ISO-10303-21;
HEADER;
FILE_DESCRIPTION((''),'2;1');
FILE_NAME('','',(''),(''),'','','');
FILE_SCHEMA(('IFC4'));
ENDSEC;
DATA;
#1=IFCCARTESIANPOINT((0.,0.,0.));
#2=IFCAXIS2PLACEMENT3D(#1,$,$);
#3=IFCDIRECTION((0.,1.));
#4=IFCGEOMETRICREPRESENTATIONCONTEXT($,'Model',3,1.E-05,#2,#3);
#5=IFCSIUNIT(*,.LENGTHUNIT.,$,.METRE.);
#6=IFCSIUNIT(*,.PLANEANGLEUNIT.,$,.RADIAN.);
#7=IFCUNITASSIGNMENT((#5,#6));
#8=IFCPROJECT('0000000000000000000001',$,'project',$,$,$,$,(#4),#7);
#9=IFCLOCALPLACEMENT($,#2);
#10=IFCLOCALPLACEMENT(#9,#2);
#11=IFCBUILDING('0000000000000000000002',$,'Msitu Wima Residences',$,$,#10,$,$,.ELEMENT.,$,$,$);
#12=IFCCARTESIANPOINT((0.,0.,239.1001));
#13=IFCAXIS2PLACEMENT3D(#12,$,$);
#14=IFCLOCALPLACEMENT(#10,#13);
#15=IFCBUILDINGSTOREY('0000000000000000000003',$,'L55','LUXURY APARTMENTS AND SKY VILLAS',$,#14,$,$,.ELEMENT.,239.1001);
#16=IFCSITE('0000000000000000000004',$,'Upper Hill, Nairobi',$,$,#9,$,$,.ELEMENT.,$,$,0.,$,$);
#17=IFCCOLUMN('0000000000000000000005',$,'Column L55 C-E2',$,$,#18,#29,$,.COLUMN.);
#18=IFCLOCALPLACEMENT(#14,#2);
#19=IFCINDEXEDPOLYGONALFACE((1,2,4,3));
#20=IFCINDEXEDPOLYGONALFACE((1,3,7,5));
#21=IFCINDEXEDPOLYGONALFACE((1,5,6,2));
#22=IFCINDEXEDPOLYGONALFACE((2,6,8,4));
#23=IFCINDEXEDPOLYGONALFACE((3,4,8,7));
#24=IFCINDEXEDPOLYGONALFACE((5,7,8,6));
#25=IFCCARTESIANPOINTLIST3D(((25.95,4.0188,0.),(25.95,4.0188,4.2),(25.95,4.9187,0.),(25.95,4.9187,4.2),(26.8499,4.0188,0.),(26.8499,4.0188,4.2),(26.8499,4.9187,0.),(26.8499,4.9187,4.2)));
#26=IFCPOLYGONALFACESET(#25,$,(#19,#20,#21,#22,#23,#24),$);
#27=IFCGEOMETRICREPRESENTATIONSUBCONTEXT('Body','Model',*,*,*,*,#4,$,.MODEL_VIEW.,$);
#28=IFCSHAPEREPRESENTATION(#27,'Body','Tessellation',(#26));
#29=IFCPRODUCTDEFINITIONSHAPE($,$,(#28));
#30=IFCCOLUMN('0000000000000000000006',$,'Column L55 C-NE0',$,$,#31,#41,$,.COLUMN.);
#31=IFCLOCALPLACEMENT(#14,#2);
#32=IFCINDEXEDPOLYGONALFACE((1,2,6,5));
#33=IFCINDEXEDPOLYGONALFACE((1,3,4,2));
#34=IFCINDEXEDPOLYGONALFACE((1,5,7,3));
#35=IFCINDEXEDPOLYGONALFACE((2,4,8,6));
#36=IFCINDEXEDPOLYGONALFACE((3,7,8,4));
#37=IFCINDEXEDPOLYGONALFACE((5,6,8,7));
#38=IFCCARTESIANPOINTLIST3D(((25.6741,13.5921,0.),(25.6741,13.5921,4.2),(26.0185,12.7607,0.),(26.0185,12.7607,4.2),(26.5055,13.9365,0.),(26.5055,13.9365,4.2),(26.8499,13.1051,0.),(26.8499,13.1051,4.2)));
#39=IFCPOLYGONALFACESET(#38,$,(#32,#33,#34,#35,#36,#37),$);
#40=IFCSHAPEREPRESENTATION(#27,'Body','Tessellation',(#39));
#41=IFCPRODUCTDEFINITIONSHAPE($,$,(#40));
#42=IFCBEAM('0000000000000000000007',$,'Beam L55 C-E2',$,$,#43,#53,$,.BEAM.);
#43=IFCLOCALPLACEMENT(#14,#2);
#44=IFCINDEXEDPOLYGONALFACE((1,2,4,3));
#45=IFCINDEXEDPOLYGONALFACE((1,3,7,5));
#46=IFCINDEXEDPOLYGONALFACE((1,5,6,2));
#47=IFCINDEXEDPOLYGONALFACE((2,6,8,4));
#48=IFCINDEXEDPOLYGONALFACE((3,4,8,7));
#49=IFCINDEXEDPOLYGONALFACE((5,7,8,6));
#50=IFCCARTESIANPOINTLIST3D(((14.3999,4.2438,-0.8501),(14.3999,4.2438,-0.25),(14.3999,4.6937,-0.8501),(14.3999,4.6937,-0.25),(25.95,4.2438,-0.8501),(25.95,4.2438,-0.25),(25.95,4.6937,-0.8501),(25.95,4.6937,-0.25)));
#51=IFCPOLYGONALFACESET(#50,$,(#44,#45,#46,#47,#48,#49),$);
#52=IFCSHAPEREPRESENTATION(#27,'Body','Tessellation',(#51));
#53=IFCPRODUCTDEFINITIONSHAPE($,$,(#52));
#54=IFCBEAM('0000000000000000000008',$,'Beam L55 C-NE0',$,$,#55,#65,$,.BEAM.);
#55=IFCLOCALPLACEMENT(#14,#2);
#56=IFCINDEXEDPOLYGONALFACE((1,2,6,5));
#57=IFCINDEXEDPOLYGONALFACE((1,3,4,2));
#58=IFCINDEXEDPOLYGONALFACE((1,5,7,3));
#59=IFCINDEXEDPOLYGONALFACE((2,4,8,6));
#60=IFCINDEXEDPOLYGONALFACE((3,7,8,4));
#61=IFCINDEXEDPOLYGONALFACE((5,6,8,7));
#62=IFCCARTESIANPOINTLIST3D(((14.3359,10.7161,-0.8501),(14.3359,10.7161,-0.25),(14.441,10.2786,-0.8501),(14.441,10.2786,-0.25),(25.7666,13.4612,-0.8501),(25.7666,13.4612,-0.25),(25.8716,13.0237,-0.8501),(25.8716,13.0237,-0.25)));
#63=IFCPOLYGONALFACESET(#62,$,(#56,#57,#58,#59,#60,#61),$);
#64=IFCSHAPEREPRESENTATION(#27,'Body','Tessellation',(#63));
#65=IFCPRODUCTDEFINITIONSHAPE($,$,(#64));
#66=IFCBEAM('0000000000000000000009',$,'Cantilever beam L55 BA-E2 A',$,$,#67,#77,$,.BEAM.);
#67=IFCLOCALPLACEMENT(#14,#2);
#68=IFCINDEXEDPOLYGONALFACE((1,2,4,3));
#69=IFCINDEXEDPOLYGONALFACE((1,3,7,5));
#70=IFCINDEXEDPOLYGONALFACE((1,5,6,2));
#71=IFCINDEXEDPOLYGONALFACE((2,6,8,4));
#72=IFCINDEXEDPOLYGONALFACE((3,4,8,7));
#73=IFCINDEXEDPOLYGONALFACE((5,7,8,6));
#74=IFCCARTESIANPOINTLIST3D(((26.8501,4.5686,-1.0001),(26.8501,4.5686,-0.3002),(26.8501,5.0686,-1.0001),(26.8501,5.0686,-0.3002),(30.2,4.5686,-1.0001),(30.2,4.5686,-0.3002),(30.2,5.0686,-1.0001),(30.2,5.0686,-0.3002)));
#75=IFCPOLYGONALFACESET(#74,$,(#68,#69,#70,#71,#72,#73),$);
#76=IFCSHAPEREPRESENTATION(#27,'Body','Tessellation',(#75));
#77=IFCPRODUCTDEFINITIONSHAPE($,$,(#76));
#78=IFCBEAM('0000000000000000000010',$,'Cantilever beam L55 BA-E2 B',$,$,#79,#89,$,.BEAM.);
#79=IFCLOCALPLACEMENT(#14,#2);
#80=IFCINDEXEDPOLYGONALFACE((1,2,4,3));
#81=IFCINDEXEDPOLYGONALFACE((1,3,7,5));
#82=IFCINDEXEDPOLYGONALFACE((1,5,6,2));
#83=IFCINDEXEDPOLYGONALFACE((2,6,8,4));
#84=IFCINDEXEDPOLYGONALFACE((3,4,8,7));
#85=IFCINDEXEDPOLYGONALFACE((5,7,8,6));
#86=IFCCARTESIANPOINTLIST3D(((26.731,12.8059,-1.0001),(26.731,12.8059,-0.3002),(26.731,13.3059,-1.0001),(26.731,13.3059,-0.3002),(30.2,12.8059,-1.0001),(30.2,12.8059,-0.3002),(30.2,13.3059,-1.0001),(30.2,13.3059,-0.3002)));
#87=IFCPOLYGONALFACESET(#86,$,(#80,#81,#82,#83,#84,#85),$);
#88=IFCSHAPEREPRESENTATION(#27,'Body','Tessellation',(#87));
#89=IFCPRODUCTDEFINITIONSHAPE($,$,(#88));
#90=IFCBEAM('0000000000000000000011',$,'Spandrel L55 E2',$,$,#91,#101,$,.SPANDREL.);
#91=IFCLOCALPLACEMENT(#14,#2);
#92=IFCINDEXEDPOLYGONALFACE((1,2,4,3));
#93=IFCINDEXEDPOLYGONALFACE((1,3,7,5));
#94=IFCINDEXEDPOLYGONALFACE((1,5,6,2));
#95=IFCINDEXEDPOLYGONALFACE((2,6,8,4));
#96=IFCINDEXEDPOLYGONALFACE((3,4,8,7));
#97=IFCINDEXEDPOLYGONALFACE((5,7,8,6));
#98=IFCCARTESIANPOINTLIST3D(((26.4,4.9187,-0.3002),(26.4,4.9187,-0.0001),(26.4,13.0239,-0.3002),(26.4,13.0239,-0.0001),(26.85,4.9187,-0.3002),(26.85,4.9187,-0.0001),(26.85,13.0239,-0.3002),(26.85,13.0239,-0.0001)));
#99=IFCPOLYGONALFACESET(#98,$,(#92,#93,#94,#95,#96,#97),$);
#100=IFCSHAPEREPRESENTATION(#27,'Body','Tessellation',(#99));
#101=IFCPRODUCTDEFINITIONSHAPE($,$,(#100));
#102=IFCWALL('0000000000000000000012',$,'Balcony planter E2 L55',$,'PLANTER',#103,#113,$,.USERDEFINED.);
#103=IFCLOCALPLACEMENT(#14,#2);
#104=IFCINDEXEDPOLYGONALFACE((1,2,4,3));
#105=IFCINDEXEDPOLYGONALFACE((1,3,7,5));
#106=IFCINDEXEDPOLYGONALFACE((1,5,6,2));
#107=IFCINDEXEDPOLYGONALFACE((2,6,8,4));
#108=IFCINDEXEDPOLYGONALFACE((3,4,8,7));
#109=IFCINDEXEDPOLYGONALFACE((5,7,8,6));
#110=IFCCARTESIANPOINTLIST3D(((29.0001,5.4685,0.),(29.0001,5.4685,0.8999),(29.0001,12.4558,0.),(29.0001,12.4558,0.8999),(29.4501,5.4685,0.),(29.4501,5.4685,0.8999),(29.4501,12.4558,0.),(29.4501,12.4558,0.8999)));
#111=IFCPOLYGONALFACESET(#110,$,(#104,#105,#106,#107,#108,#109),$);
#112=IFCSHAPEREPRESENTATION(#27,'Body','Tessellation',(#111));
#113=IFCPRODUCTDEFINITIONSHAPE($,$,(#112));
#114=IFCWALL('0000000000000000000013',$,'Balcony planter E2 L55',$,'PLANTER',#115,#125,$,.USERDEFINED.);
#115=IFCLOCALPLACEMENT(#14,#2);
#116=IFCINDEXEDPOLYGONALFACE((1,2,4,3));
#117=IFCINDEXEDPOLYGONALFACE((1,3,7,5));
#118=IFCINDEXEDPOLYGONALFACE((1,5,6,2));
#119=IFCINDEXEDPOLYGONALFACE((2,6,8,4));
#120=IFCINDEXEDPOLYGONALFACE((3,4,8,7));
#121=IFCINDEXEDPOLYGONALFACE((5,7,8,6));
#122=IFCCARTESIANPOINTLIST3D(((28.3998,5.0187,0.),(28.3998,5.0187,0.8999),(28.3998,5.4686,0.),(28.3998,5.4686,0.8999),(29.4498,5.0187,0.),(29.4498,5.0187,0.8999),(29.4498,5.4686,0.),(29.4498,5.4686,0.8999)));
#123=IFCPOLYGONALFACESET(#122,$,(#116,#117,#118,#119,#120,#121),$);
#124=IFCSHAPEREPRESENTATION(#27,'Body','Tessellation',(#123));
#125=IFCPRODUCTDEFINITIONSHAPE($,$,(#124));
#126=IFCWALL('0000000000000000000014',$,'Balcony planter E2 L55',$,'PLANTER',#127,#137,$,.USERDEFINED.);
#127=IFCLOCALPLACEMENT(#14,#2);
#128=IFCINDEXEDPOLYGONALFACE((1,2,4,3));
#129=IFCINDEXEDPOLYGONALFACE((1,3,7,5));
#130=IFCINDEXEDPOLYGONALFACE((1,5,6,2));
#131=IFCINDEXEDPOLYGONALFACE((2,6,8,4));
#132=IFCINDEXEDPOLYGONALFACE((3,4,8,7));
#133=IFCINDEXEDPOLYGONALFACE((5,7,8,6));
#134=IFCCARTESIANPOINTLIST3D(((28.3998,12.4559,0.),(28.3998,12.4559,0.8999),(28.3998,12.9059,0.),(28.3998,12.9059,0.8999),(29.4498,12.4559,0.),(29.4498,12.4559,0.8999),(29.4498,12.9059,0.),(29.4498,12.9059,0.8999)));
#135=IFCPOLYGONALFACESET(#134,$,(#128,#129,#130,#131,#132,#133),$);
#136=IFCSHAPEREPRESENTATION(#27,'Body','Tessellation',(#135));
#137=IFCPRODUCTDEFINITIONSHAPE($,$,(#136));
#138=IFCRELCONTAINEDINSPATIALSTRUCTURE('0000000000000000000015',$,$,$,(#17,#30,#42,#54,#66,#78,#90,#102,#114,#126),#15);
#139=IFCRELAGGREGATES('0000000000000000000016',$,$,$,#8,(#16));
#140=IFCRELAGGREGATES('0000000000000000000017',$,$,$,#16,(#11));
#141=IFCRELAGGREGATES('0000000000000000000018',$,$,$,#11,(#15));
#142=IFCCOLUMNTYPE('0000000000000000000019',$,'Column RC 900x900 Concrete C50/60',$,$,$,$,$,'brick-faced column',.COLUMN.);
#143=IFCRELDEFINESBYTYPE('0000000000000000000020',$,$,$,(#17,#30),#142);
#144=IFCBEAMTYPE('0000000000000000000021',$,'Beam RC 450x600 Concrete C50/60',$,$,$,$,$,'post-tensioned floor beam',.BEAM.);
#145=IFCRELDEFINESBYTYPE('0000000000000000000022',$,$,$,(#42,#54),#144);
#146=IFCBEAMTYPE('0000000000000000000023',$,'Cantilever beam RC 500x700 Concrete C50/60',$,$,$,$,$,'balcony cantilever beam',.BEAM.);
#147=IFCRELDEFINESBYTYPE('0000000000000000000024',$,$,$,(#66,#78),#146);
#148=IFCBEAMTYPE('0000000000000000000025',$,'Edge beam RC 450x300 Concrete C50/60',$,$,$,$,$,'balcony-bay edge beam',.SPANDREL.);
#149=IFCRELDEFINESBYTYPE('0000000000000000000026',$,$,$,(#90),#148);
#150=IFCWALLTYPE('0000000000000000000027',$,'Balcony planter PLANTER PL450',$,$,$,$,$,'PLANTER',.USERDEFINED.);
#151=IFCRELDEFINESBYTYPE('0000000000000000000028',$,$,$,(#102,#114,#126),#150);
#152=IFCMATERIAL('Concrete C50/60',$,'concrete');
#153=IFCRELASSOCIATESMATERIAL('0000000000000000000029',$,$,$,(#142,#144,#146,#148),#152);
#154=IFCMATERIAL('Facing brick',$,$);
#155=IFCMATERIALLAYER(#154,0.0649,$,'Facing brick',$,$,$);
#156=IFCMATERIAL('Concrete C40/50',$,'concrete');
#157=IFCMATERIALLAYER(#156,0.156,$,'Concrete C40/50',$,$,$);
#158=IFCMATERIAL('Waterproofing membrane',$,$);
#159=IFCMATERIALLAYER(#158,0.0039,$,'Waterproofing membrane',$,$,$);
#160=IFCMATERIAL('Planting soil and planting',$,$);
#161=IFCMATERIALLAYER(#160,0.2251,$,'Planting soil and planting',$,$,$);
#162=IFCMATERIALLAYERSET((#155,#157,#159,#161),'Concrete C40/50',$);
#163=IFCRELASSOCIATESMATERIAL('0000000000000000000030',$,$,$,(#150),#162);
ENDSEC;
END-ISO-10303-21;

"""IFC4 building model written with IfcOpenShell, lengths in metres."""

from ifc_helpers import new_model, si_unit, direction, frame, frame_2d, origin, origin_2d, place, context, subcontext, project, spatial, rectangle, extrude, material, layer, layer_set, material_profile, profile_set, type_object, element, save


model = new_model("IFC4")

# Units and contexts
model_context = context("Model", 3, precision=1e-05, world=origin(), true_north=direction((0.0, 1.0)))
body_context = subcontext(model_context, "Body", "Model", "MODEL_VIEW")
ifc_project = project(units=[si_unit("LENGTHUNIT", "METRE"), si_unit("PLANEANGLEUNIT", "RADIAN")], contexts=[model_context])

# Site, building, storey
site_placement = place(None, origin())
site = spatial("IfcSite", under=ifc_project, at=site_placement, Name="Upper Hill, Nairobi", CompositionType="ELEMENT", RefElevation=0.0)
building_placement = place(site_placement, origin())
building = spatial("IfcBuilding", under=site, at=building_placement, Name="Msitu Wima Residences", CompositionType="ELEMENT")
storey_placement = place(building_placement, frame((0.0, 0.0, 239.1001)))
storey = spatial("IfcBuildingStorey", under=building, at=storey_placement, Name="L55", Description="LUXURY APARTMENTS AND SKY VILLAS", CompositionType="ELEMENT", Elevation=239.1001)

# Columns
ifc_material_1 = material(Name="Concrete C50/60", Category="concrete")
ifc_material_profile_1 = material_profile(ifc_material_1, rectangle(XDim=0.8999, YDim=0.8999, at=origin_2d()), Name="RC 900x900")
ifc_profile_set_1 = profile_set([ifc_material_profile_1], Name="Concrete C50/60")
column_type = type_object("IfcColumnType", Name="Column RC 900x900 Concrete C50/60", ElementType="brick-faced column", PredefinedType="COLUMN", material=ifc_profile_set_1)
for number, where, z_axis, x_axis, name in (
    (1, (26.3999, 4.4688, 0.0), (0.0, 0.0, 1.0), (0.0, 1.0, 0.0), "Column L55 C-E2"),
    (2, (26.262, 13.3486, 0.0), (0.0, 0.0, 1.0), (-0.382683, 0.92388, 0.0), "Column L55 C-NE0"),
):
    element("IfcColumn", number, at=place(storey_placement, frame(where, z_axis=z_axis, x_axis=x_axis)), inside=storey, type_object=column_type, Name=name, PredefinedType="COLUMN", context=body_context, shape_type="SweptSolid", body=[
        extrude(rectangle(XDim=0.8999, YDim=0.8999, at=origin_2d()), origin(), (0.0, 0.0, 1.0), 4.2),
    ])

# Beams
ifc_material_profile_2 = material_profile(ifc_material_1, rectangle(XDim=0.45, YDim=0.6001, at=origin_2d()), Name="RC 450x600")
ifc_profile_set_2 = profile_set([ifc_material_profile_2], Name="Concrete C50/60")
beam_type_1 = type_object("IfcBeamType", Name="Beam RC 450x600 Concrete C50/60", ElementType="post-tensioned floor beam", PredefinedType="BEAM", material=ifc_profile_set_2)
beam_1_placement = place(storey_placement, frame((25.95, 4.4688, -0.55), z_axis=(-1.0, 0.0, 0.0), x_axis=(0.0, -1.0, 0.0)))
element("IfcBeam", 3, at=beam_1_placement, inside=storey, type_object=beam_type_1, Name="Beam L55 C-E2", PredefinedType="BEAM", context=body_context, shape_type="SweptSolid", body=[
    extrude(rectangle(XDim=0.45, YDim=0.6001, at=origin_2d()), origin(), (0.0, 0.0, 1.0), 11.55),
])
beam_2_placement = place(storey_placement, frame((25.8191, 13.2424, -0.55), z_axis=(-0.972353, -0.233514, 0.0), x_axis=(0.233514, -0.972353, 0.0)))
element("IfcBeam", 4, at=beam_2_placement, inside=storey, type_object=beam_type_1, Name="Beam L55 C-NE0", PredefinedType="BEAM", context=body_context, shape_type="SweptSolid", body=[
    extrude(rectangle(XDim=0.45, YDim=0.6001, at=origin_2d()), origin(), (0.0, 0.0, 1.0), 11.7556),
])
ifc_material_profile_3 = material_profile(ifc_material_1, rectangle(XDim=0.5, YDim=0.7, at=origin_2d()), Name="RC 500x700")
ifc_profile_set_3 = profile_set([ifc_material_profile_3], Name="Concrete C50/60")
beam_type_2 = type_object("IfcBeamType", Name="Cantilever beam RC 500x700 Concrete C50/60", ElementType="balcony cantilever beam", PredefinedType="BEAM", material=ifc_profile_set_3)
beam_3_placement = place(storey_placement, frame((26.8501, 4.8186, -0.6501), z_axis=(1.0, 0.0, 0.0), x_axis=(0.0, 1.0, 0.0)))
element("IfcBeam", 5, at=beam_3_placement, inside=storey, type_object=beam_type_2, Name="Cantilever beam L55 BA-E2 A", PredefinedType="BEAM", context=body_context, shape_type="SweptSolid", body=[
    extrude(rectangle(XDim=0.5, YDim=0.7, at=origin_2d()), origin(), (0.0, 0.0, 1.0), 3.3499),
])
beam_4_placement = place(storey_placement, frame((26.731, 13.0559, -0.6501), z_axis=(1.0, 0.0, 0.0), x_axis=(0.0, 1.0, 0.0)))
element("IfcBeam", 6, at=beam_4_placement, inside=storey, type_object=beam_type_2, Name="Cantilever beam L55 BA-E2 B", PredefinedType="BEAM", context=body_context, shape_type="SweptSolid", body=[
    extrude(rectangle(XDim=0.5, YDim=0.7, at=origin_2d()), origin(), (0.0, 0.0, 1.0), 3.469),
])
ifc_material_profile_4 = material_profile(ifc_material_1, rectangle(XDim=0.45, YDim=0.3, at=origin_2d()), Name="RC 450x300")
ifc_profile_set_4 = profile_set([ifc_material_profile_4], Name="Concrete C50/60")
beam_type_3 = type_object("IfcBeamType", Name="Edge beam RC 450x300 Concrete C50/60", ElementType="balcony-bay edge beam", PredefinedType="SPANDREL", material=ifc_profile_set_4)
beam_5_placement = place(storey_placement, frame((26.625, 4.9187, -0.1501), z_axis=(0.0, 1.0, 0.0), x_axis=(-1.0, 0.0, 0.0)))
element("IfcBeam", 7, at=beam_5_placement, inside=storey, type_object=beam_type_3, Name="Spandrel L55 E2", PredefinedType="SPANDREL", context=body_context, shape_type="SweptSolid", body=[
    extrude(rectangle(XDim=0.45, YDim=0.3, at=origin_2d()), origin(), (0.0, 0.0, 1.0), 8.1052),
])

# Walls
ifc_material_2 = material(Name="Facing brick")
ifc_layer_1 = layer(ifc_material_2, 0.0649, Name="Facing brick")
ifc_material_3 = material(Name="Concrete C40/50", Category="concrete")
ifc_layer_2 = layer(ifc_material_3, 0.156, Name="Concrete C40/50")
ifc_material_4 = material(Name="Waterproofing membrane")
ifc_layer_3 = layer(ifc_material_4, 0.0039, Name="Waterproofing membrane")
ifc_material_5 = material(Name="Planting soil and planting")
ifc_layer_4 = layer(ifc_material_5, 0.2251, Name="Planting soil and planting")
ifc_layer_set_1 = layer_set([ifc_layer_1, ifc_layer_2, ifc_layer_3, ifc_layer_4], Name="Concrete C40/50")
wall_type_1 = type_object("IfcWallType", Name="Balcony planter PLANTER PL450", ElementType="PLANTER", PredefinedType="USERDEFINED", material=ifc_layer_set_1)
wall_1_placement = place(storey_placement, frame((29.2251, 5.4685, 0.0), z_axis=(0.0, 0.0, 1.0), x_axis=(0.0, 1.0, 0.0)))
element("IfcWall", 8, at=wall_1_placement, inside=storey, type_object=wall_type_1, Name="Balcony planter E2 L55", ObjectType="PLANTER", PredefinedType="USERDEFINED", context=body_context, shape_type="SweptSolid", body=[
    extrude(rectangle(XDim=6.9873, YDim=0.45, at=frame_2d((3.4937, 0.0))), origin(), (0.0, 0.0, 1.0), 0.8999),
])
for number, where, z_axis, x_axis, name in (
    (9, (28.3999, 5.2437, 0.0), (0.0, 0.0, 1.0), (1.0, 0.0, 0.0), "Balcony planter E2 L55"),
    (10, (28.3999, 12.6809, 0.0), (0.0, 0.0, 1.0), (1.0, 0.0, 0.0), "Balcony planter E2 L55"),
):
    element("IfcWall", number, at=place(storey_placement, frame(where, z_axis=z_axis, x_axis=x_axis)), inside=storey, type_object=wall_type_1, Name=name, ObjectType="PLANTER", PredefinedType="USERDEFINED", context=body_context, shape_type="SweptSolid", body=[
        extrude(rectangle(XDim=1.05, YDim=0.45, at=frame_2d((0.5249, 0.0))), origin(), (0.0, 0.0, 1.0), 0.8999),
    ])

save(model, "model.ifc")
